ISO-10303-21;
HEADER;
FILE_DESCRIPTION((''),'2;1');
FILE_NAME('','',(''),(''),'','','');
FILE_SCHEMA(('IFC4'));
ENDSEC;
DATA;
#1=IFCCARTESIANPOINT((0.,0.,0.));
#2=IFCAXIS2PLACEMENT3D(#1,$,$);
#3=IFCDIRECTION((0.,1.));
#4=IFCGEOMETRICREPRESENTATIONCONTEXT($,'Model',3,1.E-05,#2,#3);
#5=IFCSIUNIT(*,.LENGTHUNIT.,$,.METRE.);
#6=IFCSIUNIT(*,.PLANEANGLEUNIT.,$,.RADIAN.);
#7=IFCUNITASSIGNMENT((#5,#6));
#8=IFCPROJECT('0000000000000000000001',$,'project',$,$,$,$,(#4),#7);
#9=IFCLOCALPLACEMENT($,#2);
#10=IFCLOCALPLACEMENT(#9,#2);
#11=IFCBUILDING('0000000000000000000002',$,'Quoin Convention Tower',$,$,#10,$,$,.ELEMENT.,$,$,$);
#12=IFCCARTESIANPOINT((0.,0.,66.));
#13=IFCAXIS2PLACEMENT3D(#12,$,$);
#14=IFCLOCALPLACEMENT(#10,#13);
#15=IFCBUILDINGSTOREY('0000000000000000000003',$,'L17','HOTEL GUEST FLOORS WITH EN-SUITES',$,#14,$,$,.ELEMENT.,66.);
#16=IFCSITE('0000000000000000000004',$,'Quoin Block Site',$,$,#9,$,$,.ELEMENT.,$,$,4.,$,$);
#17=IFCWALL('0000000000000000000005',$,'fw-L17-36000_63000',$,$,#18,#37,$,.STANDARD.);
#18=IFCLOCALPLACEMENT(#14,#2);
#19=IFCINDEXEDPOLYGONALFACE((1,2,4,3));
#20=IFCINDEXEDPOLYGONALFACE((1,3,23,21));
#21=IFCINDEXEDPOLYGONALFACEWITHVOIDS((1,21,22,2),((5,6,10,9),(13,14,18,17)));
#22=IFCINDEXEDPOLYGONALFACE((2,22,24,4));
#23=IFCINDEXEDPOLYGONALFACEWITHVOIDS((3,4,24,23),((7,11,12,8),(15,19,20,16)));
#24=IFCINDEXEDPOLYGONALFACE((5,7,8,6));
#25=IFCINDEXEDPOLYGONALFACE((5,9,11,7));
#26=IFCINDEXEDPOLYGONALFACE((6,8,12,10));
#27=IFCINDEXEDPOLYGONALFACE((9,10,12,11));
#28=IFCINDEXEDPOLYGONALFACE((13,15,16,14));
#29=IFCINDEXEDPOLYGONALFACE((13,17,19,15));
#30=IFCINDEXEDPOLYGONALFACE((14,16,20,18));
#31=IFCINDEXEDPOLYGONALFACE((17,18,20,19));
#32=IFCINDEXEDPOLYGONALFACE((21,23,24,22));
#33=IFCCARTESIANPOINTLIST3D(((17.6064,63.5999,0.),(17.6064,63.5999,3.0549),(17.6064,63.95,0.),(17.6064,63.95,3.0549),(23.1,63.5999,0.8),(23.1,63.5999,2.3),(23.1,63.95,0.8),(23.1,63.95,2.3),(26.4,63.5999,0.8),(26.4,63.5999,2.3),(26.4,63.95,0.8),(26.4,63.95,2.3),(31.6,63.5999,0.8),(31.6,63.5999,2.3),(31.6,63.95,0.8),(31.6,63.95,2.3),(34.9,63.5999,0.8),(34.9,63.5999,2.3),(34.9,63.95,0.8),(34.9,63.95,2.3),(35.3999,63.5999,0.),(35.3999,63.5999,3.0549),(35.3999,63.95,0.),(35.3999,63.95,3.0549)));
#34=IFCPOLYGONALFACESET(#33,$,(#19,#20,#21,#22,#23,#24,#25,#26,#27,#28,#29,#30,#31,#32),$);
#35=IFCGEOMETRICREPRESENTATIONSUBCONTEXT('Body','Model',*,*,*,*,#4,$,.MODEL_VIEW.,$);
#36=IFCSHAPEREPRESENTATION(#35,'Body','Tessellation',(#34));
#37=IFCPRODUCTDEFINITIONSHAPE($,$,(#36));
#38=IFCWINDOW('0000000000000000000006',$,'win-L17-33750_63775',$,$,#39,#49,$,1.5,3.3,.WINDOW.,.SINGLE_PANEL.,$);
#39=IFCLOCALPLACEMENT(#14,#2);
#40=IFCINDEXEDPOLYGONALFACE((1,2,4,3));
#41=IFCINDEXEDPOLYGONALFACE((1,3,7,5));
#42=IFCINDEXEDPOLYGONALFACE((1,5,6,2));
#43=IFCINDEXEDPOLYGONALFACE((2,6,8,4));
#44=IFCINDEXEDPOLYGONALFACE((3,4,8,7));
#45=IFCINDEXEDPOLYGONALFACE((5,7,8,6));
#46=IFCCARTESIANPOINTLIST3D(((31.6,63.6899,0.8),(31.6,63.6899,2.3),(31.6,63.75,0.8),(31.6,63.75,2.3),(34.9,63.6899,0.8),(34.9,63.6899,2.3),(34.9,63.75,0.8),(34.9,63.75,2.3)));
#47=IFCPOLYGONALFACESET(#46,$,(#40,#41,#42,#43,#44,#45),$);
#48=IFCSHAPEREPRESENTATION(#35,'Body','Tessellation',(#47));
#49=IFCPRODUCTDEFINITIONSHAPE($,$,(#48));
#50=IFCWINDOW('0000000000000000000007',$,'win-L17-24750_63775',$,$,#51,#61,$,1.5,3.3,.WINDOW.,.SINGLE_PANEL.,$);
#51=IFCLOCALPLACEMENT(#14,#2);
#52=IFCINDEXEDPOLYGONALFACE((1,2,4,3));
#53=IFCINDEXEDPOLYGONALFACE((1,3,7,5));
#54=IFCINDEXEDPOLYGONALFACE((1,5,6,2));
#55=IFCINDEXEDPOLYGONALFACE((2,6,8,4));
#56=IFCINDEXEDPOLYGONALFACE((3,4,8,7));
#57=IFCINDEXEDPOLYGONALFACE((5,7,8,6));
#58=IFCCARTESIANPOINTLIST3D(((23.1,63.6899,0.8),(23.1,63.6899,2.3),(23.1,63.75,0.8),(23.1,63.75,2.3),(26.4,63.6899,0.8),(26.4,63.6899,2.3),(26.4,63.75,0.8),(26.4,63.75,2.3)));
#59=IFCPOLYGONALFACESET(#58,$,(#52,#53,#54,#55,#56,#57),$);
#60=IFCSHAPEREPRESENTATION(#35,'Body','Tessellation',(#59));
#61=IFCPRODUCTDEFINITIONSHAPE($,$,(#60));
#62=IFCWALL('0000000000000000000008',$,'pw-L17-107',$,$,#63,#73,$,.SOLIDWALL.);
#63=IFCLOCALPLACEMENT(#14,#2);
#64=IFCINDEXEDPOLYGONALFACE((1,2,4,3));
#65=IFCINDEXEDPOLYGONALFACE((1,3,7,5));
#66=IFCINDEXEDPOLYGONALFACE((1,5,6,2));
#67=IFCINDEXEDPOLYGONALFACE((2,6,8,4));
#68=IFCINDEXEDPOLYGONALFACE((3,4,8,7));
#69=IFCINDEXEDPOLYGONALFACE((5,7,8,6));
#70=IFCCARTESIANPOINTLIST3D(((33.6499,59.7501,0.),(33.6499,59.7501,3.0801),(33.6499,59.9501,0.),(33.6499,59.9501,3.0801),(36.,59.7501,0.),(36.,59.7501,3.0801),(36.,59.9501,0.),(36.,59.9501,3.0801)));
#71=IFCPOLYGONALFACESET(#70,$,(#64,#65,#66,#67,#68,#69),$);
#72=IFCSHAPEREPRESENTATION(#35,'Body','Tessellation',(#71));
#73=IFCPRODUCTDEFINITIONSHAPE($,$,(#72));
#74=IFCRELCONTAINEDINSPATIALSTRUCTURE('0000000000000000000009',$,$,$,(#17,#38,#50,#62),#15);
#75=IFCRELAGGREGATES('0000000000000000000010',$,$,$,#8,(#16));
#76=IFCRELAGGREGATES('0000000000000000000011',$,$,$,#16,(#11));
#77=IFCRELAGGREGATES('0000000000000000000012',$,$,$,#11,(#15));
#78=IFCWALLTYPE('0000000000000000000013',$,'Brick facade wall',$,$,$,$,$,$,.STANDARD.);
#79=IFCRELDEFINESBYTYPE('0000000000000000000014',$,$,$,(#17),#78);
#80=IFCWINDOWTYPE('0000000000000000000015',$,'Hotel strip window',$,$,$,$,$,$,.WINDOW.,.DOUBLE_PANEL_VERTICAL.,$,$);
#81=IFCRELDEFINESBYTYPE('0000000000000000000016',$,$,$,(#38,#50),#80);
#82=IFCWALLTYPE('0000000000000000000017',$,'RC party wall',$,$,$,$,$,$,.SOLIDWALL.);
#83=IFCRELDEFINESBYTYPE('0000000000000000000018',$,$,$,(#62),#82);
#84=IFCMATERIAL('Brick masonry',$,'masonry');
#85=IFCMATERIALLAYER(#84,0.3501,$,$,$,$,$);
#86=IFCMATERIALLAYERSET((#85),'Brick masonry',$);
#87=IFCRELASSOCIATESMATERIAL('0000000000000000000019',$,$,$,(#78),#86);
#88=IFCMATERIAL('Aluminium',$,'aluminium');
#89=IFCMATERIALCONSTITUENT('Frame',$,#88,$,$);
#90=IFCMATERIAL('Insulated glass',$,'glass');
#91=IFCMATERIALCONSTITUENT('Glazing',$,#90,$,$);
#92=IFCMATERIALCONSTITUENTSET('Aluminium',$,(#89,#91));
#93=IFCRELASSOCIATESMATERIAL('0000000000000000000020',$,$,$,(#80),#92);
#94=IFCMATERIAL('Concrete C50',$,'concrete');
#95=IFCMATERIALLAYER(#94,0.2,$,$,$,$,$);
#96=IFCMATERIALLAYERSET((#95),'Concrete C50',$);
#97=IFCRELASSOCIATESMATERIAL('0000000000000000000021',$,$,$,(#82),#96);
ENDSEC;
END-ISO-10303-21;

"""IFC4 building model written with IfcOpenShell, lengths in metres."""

from ifc_helpers import new_model, si_unit, direction, frame, frame_2d, origin, place, context, subcontext, project, spatial, rectangle, extrude, material, layer, layer_set, constituent, constituent_set, type_object, element, fill, save


model = new_model("IFC4")

# Units and contexts
model_context = context("Model", 3, precision=1e-05, world=origin(), true_north=direction((0.0, 1.0)))
body_context = subcontext(model_context, "Body", "Model", "MODEL_VIEW")
ifc_project = project(units=[si_unit("LENGTHUNIT", "METRE"), si_unit("PLANEANGLEUNIT", "RADIAN")], contexts=[model_context])

# Site, building, storey
site_placement = place(None, origin())
site = spatial("IfcSite", under=ifc_project, at=site_placement, Name="Quoin Block Site", CompositionType="ELEMENT", RefElevation=4.0)
building_placement = place(site_placement, origin())
building = spatial("IfcBuilding", under=site, at=building_placement, Name="Quoin Convention Tower", CompositionType="ELEMENT")
storey_placement = place(building_placement, frame((0.0, 0.0, 66.0)))
storey = spatial("IfcBuildingStorey", under=building, at=storey_placement, Name="L17", Description="HOTEL GUEST FLOORS WITH EN-SUITES", CompositionType="ELEMENT", Elevation=66.0)

# Shared definitions
ifc_material_1 = material(Name="Brick masonry", Category="masonry")
ifc_layer_1 = layer(ifc_material_1, 0.3501)
ifc_layer_set_1 = layer_set([ifc_layer_1], Name="Brick masonry")
wall_type_1 = type_object("IfcWallType", Name="Brick facade wall", PredefinedType="STANDARD", material=ifc_layer_set_1)
ifc_material_2 = material(Name="Aluminium", Category="aluminium")
ifc_constituent_1 = constituent(ifc_material_2, Name="Frame")
ifc_material_3 = material(Name="Insulated glass", Category="glass")
ifc_constituent_2 = constituent(ifc_material_3, Name="Glazing")
ifc_constituent_set = constituent_set(constituents=[ifc_constituent_1, ifc_constituent_2], Name="Aluminium")
window_type = type_object("IfcWindowType", Name="Hotel strip window", PartitioningType="DOUBLE_PANEL_VERTICAL", PredefinedType="WINDOW", material=ifc_constituent_set)

# Wall, openings, windows
wall_1_placement = place(storey_placement, frame((35.3999, 63.7749, 0.0), z_axis=(0.0, 0.0, 1.0), x_axis=(-1.0, 0.0, 0.0)))
wall_1 = element("IfcWall", 1, at=wall_1_placement, inside=storey, type_object=wall_type_1, Name="fw-L17-36000_63000", PredefinedType="STANDARD", context=body_context, shape_type="SweptSolid", body=[
    extrude(rectangle(XDim=17.7935, YDim=0.3501, at=frame_2d((8.8967, 0.0))), origin(), (0.0, 0.0, 1.0), 3.0549),
])
opening_1_placement = place(wall_1_placement, frame((0.5, 0.0, 0.8)))
opening_1 = element("IfcOpeningElement", 2, at=opening_1_placement, cuts=wall_1, PredefinedType="OPENING", context=body_context, shape_type="SweptSolid", body=[
    extrude(rectangle(XDim=3.3, YDim=1.5, at=frame_2d((1.6499, 0.75))), frame((0.0, 0.1851, 0.0), z_axis=(0.0, -1.0, 0.0), x_axis=(1.0, 0.0, 0.0)), (0.0, 0.0, 1.0), 0.3701),
])
opening_2_placement = place(wall_1_placement, frame((9.0, 0.0, 0.8)))
opening_2 = element("IfcOpeningElement", 3, at=opening_2_placement, cuts=wall_1, PredefinedType="OPENING", context=body_context, shape_type="SweptSolid", body=[
    extrude(rectangle(XDim=3.3, YDim=1.5, at=frame_2d((1.6499, 0.75))), frame((0.0, 0.1851, 0.0), z_axis=(0.0, -1.0, 0.0), x_axis=(1.0, 0.0, 0.0)), (0.0, 0.0, 1.0), 0.3701),
])
window_1_placement = place(opening_1_placement, origin())
window_1 = element("IfcWindow", 4, at=window_1_placement, inside=storey, type_object=window_type, Name="win-L17-33750_63775", OverallHeight=1.5, OverallWidth=3.3, PartitioningType="SINGLE_PANEL", PredefinedType="WINDOW", context=body_context, shape_type="SweptSolid", body=[
    extrude(rectangle(XDim=3.3, YDim=1.5, at=frame_2d((1.6499, 0.75))), frame((0.0, 0.085, 0.0), z_axis=(0.0, -1.0, 0.0), x_axis=(1.0, 0.0, 0.0)), (0.0, 0.0, 1.0), 0.0601),
])
fill(opening_1, window_1)
window_2_placement = place(opening_2_placement, origin())
window_2 = element("IfcWindow", 5, at=window_2_placement, inside=storey, type_object=window_type, Name="win-L17-24750_63775", OverallHeight=1.5, OverallWidth=3.3, PartitioningType="SINGLE_PANEL", PredefinedType="WINDOW", context=body_context, shape_type="SweptSolid", body=[
    extrude(rectangle(XDim=3.3, YDim=1.5, at=frame_2d((1.6499, 0.75))), frame((0.0, 0.085, 0.0), z_axis=(0.0, -1.0, 0.0), x_axis=(1.0, 0.0, 0.0)), (0.0, 0.0, 1.0), 0.0601),
])
fill(opening_2, window_2)

# Wall
ifc_material_4 = material(Name="Concrete C50", Category="concrete")
ifc_layer_2 = layer(ifc_material_4, 0.2)
ifc_layer_set_2 = layer_set([ifc_layer_2], Name="Concrete C50")
wall_type_2 = type_object("IfcWallType", Name="RC party wall", PredefinedType="SOLIDWALL", material=ifc_layer_set_2)
wall_2_placement = place(storey_placement, frame((33.6499, 59.8501, 0.0), z_axis=(0.0, 0.0, 1.0), x_axis=(1.0, 0.0, 0.0)))
element("IfcWall", 6, at=wall_2_placement, inside=storey, type_object=wall_type_2, Name="pw-L17-107", PredefinedType="SOLIDWALL", context=body_context, shape_type="SweptSolid", body=[
    extrude(rectangle(XDim=2.3501, YDim=0.2, at=frame_2d((1.175, 0.0))), origin(), (0.0, 0.0, 1.0), 3.0801),
])

save(model, "model.ifc")
